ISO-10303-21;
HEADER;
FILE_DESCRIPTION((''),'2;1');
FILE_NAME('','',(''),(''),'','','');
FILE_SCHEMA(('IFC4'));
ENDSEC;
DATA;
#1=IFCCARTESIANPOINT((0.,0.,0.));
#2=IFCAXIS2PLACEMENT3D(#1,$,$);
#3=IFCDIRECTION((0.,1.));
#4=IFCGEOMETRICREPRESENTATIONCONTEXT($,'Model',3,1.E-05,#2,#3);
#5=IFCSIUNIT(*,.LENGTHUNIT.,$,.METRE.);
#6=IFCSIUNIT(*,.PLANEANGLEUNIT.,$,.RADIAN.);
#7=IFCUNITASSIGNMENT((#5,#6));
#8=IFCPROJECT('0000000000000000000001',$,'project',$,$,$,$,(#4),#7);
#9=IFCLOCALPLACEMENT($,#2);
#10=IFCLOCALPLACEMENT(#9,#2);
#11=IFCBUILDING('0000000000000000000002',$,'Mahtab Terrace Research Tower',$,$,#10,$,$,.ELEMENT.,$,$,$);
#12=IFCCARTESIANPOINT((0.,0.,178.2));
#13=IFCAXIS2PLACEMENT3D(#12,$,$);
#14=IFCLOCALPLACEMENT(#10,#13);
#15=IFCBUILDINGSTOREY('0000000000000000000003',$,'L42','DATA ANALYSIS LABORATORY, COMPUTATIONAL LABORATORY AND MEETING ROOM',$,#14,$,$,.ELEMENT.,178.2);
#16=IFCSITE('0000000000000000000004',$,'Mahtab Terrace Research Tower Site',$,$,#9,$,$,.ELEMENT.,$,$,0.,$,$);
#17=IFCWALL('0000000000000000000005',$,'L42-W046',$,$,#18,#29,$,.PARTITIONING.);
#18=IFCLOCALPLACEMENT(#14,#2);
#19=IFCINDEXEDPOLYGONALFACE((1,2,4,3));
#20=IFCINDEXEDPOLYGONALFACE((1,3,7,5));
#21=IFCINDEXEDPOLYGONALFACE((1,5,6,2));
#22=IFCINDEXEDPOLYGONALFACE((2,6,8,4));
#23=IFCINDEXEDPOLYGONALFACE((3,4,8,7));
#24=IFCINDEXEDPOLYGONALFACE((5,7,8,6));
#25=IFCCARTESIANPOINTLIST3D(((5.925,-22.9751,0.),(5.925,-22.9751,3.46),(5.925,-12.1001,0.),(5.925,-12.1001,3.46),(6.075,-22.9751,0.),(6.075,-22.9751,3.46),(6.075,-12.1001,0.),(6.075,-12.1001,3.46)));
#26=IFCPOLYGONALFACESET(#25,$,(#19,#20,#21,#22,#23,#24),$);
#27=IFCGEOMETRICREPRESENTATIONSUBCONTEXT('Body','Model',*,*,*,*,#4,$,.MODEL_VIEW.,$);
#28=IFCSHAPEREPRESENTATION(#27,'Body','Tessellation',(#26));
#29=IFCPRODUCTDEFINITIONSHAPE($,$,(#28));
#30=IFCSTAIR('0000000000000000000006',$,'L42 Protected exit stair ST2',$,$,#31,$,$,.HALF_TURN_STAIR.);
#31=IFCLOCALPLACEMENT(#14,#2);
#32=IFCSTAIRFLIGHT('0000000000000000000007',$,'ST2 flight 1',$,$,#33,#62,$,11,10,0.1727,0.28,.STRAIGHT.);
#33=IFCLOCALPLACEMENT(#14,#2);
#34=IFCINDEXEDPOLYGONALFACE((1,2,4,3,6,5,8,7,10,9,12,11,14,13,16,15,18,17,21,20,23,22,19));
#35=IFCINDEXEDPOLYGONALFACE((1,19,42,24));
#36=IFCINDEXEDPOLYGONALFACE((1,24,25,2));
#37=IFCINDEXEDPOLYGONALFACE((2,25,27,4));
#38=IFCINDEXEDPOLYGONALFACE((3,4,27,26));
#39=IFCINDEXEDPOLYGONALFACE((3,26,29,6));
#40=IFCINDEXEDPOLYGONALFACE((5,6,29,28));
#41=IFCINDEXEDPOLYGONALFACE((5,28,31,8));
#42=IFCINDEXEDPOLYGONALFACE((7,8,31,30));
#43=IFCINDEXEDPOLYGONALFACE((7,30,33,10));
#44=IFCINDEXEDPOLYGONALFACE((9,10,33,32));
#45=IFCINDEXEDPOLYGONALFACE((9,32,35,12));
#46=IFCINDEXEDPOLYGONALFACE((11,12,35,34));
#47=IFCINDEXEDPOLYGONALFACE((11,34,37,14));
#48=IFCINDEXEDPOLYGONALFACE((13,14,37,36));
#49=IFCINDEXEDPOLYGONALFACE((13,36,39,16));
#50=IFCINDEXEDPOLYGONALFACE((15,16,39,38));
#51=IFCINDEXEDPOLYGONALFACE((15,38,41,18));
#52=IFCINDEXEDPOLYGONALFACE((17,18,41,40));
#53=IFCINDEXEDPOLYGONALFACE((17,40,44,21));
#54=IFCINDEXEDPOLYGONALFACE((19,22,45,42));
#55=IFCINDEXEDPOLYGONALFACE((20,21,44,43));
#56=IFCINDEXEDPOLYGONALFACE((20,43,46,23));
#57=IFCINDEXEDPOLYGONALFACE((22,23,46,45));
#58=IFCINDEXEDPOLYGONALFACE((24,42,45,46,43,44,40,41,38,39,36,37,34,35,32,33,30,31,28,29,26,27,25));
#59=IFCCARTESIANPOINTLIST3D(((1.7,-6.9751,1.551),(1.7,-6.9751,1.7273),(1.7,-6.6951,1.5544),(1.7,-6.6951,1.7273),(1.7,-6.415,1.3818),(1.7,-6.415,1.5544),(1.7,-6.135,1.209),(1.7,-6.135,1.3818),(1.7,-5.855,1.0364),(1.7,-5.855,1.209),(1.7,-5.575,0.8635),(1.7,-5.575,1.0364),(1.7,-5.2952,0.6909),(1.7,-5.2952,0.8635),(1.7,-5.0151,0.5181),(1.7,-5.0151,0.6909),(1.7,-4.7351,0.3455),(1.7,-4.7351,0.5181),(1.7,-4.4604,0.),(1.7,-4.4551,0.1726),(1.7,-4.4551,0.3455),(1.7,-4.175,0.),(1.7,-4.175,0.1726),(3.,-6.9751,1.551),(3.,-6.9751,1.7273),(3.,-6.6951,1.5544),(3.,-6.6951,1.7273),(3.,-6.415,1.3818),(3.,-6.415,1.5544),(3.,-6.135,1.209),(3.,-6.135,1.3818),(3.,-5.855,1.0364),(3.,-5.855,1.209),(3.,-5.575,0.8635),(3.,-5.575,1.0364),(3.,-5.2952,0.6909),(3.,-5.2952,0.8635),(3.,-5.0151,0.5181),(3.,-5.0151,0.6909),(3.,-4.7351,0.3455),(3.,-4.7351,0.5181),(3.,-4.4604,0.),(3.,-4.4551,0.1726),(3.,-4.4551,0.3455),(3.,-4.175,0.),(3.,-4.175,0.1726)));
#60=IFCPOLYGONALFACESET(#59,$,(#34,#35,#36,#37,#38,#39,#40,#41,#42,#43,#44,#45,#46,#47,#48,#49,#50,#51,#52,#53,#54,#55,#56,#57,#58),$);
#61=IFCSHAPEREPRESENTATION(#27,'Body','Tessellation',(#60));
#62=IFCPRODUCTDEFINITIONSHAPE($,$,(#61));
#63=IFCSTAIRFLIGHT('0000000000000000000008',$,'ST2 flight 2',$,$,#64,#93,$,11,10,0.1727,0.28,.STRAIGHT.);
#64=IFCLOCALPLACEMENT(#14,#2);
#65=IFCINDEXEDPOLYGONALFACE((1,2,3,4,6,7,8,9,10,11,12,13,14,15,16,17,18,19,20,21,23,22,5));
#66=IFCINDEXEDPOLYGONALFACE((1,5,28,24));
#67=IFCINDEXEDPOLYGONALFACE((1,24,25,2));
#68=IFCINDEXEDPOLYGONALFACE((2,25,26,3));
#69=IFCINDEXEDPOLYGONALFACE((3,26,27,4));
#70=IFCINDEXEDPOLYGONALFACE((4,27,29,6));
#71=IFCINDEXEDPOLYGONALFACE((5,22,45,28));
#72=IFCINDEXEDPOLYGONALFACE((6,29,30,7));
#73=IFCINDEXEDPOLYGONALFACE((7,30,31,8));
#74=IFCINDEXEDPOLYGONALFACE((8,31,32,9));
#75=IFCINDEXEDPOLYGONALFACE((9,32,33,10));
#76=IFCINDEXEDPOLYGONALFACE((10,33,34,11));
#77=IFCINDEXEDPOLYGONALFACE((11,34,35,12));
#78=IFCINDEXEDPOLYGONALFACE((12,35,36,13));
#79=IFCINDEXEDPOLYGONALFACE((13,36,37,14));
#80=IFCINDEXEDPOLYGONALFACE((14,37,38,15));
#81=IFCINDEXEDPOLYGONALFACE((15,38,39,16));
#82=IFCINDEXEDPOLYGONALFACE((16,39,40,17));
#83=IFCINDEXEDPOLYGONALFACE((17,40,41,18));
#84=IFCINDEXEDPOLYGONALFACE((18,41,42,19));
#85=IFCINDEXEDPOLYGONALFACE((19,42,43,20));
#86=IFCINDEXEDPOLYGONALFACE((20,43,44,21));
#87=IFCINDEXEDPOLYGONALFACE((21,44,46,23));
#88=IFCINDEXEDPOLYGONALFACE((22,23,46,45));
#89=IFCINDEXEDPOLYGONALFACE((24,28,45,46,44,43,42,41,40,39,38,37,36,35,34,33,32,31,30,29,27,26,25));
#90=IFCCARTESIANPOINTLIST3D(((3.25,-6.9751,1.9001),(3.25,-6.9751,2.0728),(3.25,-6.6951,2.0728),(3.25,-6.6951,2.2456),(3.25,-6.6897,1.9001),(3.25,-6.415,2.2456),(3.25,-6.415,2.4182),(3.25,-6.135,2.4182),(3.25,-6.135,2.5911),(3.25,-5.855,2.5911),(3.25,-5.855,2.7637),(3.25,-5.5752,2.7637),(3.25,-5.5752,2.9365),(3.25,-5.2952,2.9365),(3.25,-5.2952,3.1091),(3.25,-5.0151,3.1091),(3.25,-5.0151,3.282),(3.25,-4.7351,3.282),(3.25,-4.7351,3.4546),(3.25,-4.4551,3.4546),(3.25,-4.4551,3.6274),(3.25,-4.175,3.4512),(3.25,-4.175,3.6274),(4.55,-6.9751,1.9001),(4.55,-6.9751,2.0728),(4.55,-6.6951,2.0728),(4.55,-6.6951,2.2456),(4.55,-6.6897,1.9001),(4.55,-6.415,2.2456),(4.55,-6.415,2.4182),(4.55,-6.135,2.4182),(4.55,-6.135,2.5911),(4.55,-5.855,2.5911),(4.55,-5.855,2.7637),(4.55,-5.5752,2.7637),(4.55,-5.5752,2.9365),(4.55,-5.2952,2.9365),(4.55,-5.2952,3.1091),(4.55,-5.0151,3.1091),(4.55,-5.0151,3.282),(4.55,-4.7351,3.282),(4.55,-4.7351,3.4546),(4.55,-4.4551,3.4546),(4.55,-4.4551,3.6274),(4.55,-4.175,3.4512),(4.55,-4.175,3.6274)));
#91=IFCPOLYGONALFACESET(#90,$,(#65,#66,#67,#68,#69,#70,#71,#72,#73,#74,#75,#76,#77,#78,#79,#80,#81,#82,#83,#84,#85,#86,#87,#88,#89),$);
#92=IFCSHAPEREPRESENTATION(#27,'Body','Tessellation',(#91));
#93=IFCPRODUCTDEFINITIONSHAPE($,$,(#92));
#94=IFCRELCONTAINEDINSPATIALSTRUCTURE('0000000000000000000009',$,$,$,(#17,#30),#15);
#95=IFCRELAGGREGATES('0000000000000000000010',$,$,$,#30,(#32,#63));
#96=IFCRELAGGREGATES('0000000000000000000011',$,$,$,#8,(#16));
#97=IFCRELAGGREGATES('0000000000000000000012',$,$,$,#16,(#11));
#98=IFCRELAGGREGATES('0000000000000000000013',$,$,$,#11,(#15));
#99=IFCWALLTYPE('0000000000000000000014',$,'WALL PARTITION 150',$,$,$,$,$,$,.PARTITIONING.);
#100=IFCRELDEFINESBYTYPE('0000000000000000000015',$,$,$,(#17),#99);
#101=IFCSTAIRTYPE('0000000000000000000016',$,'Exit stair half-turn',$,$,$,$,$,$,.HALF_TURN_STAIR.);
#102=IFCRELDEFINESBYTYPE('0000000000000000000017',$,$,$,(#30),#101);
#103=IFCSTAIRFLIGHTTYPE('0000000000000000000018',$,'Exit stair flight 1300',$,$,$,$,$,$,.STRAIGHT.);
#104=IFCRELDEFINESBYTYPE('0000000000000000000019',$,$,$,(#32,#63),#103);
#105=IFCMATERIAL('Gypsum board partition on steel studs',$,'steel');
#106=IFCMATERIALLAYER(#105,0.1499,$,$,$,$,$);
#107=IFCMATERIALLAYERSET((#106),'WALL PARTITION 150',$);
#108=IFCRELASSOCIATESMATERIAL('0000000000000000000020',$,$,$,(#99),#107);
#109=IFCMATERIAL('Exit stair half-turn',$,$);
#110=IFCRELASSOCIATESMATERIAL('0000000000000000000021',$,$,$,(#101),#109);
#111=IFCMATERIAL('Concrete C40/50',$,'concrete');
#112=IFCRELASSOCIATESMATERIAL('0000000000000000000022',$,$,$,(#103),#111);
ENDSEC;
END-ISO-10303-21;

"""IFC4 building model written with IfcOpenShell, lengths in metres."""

from ifc_helpers import new_model, si_unit, direction, frame, frame_2d, origin, place, context, subcontext, project, spatial, polyline, rectangle, outline, extrude, material, layer, layer_set, type_object, element, aggregate, save


model = new_model("IFC4")

# Units and contexts
model_context = context("Model", 3, precision=1e-05, world=origin(), true_north=direction((0.0, 1.0)))
body_context = subcontext(model_context, "Body", "Model", "MODEL_VIEW")
ifc_project = project(units=[si_unit("LENGTHUNIT", "METRE"), si_unit("PLANEANGLEUNIT", "RADIAN")], contexts=[model_context])

# Site, building, storey
site_placement = place(None, origin())
site = spatial("IfcSite", under=ifc_project, at=site_placement, Name="Mahtab Terrace Research Tower Site", CompositionType="ELEMENT", RefElevation=0.0)
building_placement = place(site_placement, origin())
building = spatial("IfcBuilding", under=site, at=building_placement, Name="Mahtab Terrace Research Tower", CompositionType="ELEMENT")
storey_placement = place(building_placement, frame((0.0, 0.0, 178.2)))
storey = spatial("IfcBuildingStorey", under=building, at=storey_placement, Name="L42", Description="DATA ANALYSIS LABORATORY, COMPUTATIONAL LABORATORY AND MEETING ROOM", CompositionType="ELEMENT", Elevation=178.2)

# Wall
ifc_material_1 = material(Name="Gypsum board partition on steel studs", Category="steel")
ifc_layer_1 = layer(ifc_material_1, 0.1499)
ifc_layer_set_1 = layer_set([ifc_layer_1], Name="WALL PARTITION 150")
wall_type_1 = type_object("IfcWallType", Name="WALL PARTITION 150", PredefinedType="PARTITIONING", material=ifc_layer_set_1)
wall_1_placement = place(storey_placement, frame((6.0, -22.9751, 0.0), z_axis=(0.0, 0.0, 1.0), x_axis=(0.0, 1.0, 0.0)))
element("IfcWall", 1, at=wall_1_placement, inside=storey, type_object=wall_type_1, Name="L42-W046", PredefinedType="PARTITIONING", context=body_context, shape_type="SweptSolid", body=[
    extrude(rectangle(XDim=10.875, YDim=0.1499, at=frame_2d((5.4375, 0.0))), origin(), (0.0, 0.0, 1.0), 3.46),
])

# Stair, stair flights
ifc_material_2 = material(Name="Exit stair half-turn")
stair_type = type_object("IfcStairType", Name="Exit stair half-turn", PredefinedType="HALF_TURN_STAIR", material=ifc_material_2)
stair_placement = place(storey_placement, origin())
stair = element("IfcStair", 2, at=stair_placement, inside=storey, type_object=stair_type, Name="L42 Protected exit stair ST2", PredefinedType="HALF_TURN_STAIR")
ifc_material_3 = material(Name="Concrete C40/50", Category="concrete")
stair_flight_type = type_object("IfcStairFlightType", Name="Exit stair flight 1300", PredefinedType="STRAIGHT", material=ifc_material_3)
stair_flight_1_placement = place(storey_placement, frame((2.3501, -4.175, 0.0), z_axis=(0.0, 0.0, 1.0), x_axis=(0.0, -1.0, 0.0)))
stair_flight_1 = element("IfcStairFlight", 3, at=stair_flight_1_placement, type_object=stair_flight_type, Name="ST2 flight 1", NumberOfRisers=11, NumberOfTreads=10, PredefinedType="STRAIGHT", RiserHeight=0.1727, TreadLength=0.28, context=body_context, shape_type="SweptSolid", body=[
    extrude(outline(polyline([(0.0, 0.0), (0.0, 0.1726), (0.28, 0.1726), (0.28, 0.3455), (0.5601, 0.3455), (0.5601, 0.5181), (0.8401, 0.5181), (0.8401, 0.6909), (1.1201, 0.6909), (1.1201, 0.8635), (1.3999, 0.8635), (1.3999, 1.0364), (1.6799, 1.0364), (1.6799, 1.209), (1.96, 1.209), (1.96, 1.3818), (2.24, 1.3818), (2.24, 1.5544), (2.52, 1.5544), (2.52, 1.7273), (2.8, 1.7273), (2.8, 1.8999), (2.8, 1.551), (0.2854, 0.0), (0.0, 0.0)])), frame((0.0, 0.6499, 0.0), z_axis=(0.0, -1.0, 0.0), x_axis=(1.0, 0.0, 0.0)), (0.0, 0.0, 1.0), 1.3),
])
stair_flight_2_placement = place(storey_placement, frame((3.8999, -6.9751, 1.9001), z_axis=(0.0, 0.0, 1.0), x_axis=(0.0, 1.0, 0.0)))
stair_flight_2 = element("IfcStairFlight", 4, at=stair_flight_2_placement, type_object=stair_flight_type, Name="ST2 flight 2", NumberOfRisers=11, NumberOfTreads=10, PredefinedType="STRAIGHT", RiserHeight=0.1727, TreadLength=0.28, context=body_context, shape_type="SweptSolid", body=[
    extrude(outline(polyline([(0.0, 0.0), (0.0, 0.1726), (0.28, 0.1726), (0.28, 0.3455), (0.5601, 0.3455), (0.5601, 0.5181), (0.8401, 0.5181), (0.8401, 0.6909), (1.1201, 0.6909), (1.1201, 0.8635), (1.3999, 0.8635), (1.3999, 1.0364), (1.6799, 1.0364), (1.6799, 1.209), (1.96, 1.209), (1.96, 1.3818), (2.24, 1.3818), (2.24, 1.5544), (2.52, 1.5544), (2.52, 1.7273), (2.8, 1.7273), (2.8, 1.8999), (2.8, 1.551), (0.2854, 0.0), (0.0, 0.0)])), frame((0.0, 0.6499, 0.0), z_axis=(0.0, -1.0, 0.0), x_axis=(1.0, 0.0, 0.0)), (0.0, 0.0, 1.0), 1.3),
])
aggregate(stair, [stair_flight_1, stair_flight_2])

save(model, "model.ifc")
